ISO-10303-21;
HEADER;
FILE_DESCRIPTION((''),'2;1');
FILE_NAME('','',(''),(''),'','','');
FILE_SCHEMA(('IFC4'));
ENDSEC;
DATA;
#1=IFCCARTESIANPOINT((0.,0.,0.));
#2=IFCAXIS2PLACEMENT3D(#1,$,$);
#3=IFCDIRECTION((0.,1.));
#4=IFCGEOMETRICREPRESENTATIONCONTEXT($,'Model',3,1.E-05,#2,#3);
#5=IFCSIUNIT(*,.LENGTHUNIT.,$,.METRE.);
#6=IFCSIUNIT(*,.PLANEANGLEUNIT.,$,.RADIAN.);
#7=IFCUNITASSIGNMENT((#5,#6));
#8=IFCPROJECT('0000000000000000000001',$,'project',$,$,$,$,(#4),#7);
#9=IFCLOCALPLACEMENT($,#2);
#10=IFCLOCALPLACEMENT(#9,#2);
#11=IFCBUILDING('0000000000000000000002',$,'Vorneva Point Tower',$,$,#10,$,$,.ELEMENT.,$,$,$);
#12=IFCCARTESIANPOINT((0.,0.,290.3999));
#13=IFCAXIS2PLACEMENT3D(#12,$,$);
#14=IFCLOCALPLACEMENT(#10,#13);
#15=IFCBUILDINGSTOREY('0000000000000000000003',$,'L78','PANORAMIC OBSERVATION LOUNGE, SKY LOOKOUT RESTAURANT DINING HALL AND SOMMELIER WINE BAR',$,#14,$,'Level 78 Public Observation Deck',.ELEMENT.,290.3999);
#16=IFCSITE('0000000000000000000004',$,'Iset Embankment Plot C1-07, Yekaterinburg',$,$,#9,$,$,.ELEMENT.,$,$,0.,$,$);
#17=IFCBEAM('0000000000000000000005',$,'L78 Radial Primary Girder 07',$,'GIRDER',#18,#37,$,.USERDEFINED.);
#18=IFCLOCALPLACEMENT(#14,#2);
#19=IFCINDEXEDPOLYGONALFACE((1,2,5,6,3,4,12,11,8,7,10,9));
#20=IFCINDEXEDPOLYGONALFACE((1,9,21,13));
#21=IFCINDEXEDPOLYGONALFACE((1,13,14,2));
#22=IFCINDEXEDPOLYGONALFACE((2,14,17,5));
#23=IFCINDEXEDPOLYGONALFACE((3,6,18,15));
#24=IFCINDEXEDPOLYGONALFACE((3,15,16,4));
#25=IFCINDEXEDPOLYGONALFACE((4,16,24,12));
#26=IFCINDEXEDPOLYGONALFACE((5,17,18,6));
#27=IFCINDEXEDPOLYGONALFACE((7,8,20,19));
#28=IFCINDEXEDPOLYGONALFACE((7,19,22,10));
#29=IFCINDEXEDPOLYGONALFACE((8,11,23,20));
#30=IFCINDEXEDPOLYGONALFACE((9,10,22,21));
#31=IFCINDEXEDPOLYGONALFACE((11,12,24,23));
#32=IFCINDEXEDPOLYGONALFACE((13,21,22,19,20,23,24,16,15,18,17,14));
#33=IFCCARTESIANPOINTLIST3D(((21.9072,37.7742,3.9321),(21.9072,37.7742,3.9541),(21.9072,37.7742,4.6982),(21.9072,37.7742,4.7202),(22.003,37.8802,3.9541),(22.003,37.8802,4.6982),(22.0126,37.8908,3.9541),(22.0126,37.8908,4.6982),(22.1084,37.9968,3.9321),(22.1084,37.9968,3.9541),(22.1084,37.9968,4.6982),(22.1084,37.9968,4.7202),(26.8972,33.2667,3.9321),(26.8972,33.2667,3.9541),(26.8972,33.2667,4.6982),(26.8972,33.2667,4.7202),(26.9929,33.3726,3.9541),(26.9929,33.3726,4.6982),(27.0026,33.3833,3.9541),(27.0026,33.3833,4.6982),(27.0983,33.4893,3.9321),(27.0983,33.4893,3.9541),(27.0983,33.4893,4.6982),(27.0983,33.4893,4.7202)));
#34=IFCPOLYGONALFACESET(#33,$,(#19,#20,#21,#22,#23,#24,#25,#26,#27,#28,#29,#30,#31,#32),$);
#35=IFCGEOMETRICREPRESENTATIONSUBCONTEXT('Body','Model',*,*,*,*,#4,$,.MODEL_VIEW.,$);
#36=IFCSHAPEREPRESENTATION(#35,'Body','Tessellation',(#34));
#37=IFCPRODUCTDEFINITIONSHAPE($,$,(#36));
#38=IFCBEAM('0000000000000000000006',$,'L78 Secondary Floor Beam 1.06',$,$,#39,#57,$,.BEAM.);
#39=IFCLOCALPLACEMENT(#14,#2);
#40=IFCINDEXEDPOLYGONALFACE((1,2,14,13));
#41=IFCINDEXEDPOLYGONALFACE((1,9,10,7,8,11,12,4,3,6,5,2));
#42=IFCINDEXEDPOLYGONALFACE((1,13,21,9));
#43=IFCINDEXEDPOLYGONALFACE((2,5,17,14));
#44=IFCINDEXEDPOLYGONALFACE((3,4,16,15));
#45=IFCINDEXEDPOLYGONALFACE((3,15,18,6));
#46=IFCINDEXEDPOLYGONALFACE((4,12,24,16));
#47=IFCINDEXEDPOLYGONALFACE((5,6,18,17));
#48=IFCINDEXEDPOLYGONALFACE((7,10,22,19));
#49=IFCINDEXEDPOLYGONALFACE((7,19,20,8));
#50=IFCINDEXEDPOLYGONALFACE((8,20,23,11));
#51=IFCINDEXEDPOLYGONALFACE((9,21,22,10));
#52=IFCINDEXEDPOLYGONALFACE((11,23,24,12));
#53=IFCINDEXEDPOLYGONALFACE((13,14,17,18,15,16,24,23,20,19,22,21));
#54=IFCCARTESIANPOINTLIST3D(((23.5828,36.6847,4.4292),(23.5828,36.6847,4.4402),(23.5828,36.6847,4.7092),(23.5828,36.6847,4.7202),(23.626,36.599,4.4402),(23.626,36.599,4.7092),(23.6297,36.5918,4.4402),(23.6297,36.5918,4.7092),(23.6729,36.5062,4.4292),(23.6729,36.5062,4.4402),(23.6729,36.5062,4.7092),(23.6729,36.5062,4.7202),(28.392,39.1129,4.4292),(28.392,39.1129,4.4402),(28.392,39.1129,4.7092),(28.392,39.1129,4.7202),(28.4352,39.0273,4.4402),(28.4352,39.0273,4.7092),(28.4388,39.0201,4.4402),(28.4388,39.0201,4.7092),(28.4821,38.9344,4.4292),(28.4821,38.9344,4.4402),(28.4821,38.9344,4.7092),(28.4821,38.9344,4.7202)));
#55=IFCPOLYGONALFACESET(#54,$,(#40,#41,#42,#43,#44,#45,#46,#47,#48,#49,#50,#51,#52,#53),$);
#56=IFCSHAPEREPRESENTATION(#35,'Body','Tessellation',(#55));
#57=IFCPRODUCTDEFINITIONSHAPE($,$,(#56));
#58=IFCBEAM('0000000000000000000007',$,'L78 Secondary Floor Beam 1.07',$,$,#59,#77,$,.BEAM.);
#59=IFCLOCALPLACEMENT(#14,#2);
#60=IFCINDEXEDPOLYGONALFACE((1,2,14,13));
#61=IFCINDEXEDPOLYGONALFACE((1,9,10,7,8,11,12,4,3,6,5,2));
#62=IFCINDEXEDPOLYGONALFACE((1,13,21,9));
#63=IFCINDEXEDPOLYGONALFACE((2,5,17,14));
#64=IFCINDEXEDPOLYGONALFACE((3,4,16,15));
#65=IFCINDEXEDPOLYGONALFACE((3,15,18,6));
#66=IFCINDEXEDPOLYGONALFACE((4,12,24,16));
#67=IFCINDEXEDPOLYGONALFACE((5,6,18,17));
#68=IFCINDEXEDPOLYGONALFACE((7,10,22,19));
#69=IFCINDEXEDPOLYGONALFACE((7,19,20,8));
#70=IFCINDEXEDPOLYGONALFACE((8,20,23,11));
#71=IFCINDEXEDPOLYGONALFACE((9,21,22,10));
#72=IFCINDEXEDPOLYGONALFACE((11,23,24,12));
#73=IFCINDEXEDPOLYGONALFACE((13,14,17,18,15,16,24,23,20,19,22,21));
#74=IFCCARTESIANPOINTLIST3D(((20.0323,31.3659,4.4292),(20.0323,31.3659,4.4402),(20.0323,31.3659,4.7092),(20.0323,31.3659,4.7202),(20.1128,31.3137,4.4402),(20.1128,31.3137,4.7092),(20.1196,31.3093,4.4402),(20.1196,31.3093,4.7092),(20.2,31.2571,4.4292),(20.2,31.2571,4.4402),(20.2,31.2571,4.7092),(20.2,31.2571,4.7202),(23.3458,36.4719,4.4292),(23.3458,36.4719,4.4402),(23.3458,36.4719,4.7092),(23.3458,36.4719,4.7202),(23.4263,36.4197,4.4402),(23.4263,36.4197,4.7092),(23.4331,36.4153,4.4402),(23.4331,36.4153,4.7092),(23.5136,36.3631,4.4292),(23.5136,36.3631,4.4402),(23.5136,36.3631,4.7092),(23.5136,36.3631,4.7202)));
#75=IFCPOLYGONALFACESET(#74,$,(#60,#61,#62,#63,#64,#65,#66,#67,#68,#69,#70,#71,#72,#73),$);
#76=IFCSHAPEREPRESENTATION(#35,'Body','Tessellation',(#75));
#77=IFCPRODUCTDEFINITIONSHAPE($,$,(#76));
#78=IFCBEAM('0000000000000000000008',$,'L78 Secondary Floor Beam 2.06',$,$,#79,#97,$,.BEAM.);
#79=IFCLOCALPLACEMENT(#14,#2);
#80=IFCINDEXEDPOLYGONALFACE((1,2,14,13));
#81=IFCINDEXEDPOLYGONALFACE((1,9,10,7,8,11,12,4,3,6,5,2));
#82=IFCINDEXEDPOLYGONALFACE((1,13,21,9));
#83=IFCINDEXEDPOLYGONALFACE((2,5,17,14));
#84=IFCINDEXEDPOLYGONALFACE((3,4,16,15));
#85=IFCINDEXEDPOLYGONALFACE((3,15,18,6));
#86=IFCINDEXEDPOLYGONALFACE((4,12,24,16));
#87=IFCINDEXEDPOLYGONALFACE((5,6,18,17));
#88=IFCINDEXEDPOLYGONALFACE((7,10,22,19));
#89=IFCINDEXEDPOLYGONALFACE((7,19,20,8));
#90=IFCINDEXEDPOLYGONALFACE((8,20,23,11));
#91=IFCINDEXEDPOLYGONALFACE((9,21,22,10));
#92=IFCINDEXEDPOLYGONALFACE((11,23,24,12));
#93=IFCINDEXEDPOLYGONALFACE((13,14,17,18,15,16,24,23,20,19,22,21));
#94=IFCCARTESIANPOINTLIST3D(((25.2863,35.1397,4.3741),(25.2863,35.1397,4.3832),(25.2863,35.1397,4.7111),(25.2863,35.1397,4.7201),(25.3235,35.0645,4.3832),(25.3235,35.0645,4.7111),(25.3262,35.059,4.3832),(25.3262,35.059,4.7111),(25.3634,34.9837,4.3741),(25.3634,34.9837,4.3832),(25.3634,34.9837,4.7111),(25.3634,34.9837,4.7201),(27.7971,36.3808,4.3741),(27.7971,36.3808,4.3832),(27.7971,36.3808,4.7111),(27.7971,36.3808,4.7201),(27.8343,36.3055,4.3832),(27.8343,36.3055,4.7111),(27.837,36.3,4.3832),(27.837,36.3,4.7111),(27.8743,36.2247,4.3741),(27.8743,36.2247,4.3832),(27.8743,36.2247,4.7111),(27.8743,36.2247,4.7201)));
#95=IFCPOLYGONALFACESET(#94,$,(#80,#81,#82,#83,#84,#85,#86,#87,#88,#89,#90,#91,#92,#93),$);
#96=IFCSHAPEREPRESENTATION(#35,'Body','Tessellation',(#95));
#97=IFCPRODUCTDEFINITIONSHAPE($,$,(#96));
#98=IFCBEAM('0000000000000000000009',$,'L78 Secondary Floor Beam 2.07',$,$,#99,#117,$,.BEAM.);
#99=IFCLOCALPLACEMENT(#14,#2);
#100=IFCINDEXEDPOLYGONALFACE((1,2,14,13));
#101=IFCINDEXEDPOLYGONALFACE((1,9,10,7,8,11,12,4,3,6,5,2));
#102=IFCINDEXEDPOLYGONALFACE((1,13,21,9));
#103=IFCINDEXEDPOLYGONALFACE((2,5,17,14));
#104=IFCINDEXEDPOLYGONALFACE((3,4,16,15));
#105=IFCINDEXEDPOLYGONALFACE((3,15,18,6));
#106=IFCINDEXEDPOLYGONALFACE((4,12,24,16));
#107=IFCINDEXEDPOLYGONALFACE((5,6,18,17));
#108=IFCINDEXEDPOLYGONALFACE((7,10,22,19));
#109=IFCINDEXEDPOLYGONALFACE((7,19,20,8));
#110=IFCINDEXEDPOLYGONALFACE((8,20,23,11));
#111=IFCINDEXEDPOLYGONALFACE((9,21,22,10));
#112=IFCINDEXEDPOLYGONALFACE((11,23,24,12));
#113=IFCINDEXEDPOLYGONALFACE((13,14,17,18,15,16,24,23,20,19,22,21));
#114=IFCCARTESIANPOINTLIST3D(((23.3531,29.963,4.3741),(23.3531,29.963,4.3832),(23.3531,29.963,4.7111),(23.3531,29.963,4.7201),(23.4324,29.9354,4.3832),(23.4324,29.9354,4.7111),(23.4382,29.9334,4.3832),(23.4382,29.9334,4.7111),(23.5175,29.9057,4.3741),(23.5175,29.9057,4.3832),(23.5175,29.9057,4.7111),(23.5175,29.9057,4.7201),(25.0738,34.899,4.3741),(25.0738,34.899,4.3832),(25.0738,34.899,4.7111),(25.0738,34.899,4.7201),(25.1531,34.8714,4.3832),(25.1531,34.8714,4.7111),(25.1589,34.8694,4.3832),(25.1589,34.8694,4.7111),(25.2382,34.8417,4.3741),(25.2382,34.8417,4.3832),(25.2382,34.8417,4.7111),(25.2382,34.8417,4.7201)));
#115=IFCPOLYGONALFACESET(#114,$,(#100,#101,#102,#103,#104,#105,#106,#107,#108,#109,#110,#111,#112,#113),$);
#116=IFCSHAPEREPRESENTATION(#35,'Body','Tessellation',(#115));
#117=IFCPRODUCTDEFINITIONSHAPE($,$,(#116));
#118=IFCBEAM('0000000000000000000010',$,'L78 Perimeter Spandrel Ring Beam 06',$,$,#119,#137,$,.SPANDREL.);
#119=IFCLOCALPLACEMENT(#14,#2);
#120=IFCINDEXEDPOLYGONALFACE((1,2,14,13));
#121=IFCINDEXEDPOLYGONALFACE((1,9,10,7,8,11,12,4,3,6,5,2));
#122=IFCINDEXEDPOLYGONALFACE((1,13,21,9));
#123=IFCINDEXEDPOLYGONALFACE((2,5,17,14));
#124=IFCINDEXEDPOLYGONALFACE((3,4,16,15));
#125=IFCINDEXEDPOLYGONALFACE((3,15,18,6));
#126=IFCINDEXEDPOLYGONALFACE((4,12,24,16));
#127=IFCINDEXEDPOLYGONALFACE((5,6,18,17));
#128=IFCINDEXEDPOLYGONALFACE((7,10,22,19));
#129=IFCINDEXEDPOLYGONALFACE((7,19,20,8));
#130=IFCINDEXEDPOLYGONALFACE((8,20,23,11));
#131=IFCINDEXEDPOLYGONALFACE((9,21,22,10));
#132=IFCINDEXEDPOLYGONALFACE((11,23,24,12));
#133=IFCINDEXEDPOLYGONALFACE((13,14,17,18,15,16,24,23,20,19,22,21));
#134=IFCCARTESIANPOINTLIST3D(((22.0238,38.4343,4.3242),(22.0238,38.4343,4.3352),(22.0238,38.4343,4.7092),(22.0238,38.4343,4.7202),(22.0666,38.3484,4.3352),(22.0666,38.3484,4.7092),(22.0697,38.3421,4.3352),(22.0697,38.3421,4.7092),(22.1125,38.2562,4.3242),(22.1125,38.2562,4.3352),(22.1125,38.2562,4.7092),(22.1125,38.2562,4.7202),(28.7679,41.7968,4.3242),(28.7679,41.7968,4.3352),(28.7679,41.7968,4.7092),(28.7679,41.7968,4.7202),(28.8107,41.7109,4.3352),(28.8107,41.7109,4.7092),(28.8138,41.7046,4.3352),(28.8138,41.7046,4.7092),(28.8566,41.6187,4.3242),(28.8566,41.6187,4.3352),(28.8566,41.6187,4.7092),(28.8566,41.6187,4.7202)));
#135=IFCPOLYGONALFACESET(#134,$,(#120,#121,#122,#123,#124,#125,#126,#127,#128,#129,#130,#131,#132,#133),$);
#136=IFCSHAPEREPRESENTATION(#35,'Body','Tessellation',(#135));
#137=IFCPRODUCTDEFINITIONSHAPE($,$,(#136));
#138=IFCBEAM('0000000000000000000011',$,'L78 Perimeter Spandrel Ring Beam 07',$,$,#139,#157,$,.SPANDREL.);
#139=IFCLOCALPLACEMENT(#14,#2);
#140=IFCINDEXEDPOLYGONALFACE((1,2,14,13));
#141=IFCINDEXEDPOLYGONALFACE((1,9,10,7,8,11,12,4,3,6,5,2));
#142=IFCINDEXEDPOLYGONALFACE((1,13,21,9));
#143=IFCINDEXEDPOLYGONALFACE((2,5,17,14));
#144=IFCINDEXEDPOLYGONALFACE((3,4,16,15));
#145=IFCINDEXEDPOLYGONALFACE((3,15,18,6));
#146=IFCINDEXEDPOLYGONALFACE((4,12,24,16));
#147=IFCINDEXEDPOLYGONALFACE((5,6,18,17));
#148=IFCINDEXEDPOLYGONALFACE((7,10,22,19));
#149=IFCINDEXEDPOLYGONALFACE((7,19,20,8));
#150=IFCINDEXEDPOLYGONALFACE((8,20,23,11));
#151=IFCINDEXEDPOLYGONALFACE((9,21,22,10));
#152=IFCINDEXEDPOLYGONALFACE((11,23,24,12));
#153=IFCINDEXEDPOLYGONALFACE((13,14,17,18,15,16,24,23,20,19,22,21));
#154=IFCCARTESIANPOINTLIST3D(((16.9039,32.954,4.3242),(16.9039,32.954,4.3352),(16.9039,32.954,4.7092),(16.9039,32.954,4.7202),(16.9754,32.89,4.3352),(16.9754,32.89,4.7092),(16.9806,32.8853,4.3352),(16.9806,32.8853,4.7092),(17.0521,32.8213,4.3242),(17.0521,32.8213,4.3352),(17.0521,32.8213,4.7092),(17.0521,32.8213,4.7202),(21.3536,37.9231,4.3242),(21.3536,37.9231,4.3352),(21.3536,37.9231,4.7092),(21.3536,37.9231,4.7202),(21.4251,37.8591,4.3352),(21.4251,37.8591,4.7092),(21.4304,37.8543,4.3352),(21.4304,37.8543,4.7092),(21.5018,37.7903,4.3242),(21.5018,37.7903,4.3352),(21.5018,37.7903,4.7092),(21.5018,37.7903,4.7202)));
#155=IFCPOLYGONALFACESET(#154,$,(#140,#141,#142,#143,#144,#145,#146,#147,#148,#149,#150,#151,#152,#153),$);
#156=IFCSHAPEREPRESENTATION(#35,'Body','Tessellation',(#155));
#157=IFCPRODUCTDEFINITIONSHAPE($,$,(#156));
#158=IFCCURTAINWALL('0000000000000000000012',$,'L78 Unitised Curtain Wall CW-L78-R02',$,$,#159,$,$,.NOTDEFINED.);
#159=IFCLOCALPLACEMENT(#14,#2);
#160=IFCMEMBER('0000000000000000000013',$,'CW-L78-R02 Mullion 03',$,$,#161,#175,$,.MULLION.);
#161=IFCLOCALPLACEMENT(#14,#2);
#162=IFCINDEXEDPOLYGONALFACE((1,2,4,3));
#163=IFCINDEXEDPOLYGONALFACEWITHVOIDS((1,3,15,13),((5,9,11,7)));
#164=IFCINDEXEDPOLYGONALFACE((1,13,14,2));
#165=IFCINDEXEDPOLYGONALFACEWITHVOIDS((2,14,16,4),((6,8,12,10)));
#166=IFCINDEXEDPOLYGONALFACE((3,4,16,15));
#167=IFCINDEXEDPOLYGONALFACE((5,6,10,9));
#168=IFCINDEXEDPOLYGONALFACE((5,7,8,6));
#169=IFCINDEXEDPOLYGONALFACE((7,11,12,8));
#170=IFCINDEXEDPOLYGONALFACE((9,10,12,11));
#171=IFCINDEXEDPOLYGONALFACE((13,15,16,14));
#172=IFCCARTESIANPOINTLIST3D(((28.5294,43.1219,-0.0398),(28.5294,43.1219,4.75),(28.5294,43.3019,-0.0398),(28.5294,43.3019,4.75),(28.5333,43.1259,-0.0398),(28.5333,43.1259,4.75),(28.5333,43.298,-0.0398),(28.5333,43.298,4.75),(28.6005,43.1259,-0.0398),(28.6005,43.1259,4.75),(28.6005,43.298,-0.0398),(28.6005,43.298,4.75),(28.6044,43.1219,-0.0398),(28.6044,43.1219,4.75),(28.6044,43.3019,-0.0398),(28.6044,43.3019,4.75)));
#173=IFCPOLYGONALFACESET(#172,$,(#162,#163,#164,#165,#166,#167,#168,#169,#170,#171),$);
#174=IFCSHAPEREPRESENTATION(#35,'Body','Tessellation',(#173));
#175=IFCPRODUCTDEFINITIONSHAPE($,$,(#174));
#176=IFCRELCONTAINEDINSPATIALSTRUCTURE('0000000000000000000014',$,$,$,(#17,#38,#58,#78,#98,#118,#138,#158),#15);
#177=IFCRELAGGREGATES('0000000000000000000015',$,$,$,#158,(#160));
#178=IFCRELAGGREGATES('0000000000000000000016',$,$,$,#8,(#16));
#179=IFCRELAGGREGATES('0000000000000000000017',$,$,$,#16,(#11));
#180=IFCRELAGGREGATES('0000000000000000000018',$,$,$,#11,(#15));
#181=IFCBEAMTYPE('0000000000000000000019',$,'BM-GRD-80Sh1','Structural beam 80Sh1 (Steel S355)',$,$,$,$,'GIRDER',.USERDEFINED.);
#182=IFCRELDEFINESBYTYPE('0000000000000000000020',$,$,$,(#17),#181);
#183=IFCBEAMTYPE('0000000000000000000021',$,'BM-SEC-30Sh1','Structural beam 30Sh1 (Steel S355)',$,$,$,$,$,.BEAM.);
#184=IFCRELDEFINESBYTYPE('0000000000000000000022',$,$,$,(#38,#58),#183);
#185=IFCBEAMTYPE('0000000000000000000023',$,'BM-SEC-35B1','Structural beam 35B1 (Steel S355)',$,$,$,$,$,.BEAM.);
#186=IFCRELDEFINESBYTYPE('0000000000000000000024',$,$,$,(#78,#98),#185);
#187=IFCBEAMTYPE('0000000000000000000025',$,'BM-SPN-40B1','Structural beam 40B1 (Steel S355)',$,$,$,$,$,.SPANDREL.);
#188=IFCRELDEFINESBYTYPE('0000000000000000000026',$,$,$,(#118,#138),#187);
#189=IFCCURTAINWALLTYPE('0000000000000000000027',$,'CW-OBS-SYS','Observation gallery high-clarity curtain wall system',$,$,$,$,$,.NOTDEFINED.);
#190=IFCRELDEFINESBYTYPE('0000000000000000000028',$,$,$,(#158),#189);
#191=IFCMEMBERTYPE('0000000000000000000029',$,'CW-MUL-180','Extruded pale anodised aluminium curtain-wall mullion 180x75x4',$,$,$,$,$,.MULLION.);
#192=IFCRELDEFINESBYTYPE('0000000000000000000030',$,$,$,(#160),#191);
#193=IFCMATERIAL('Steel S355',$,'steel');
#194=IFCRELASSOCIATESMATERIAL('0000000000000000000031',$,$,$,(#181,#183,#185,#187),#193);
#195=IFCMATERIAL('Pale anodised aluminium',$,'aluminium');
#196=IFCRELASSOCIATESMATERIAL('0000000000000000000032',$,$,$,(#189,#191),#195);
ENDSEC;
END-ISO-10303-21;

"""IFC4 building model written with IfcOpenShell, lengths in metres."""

from ifc_helpers import new_model, si_unit, direction, frame, origin, origin_2d, place, context, subcontext, project, spatial, hollow_rectangle, i_section, extrude, material, material_profile, profile_set, type_object, element, aggregate, save


model = new_model("IFC4")

# Units and contexts
model_context = context("Model", 3, precision=1e-05, world=origin(), true_north=direction((0.0, 1.0)))
body_context = subcontext(model_context, "Body", "Model", "MODEL_VIEW")
ifc_project = project(units=[si_unit("LENGTHUNIT", "METRE"), si_unit("PLANEANGLEUNIT", "RADIAN")], contexts=[model_context])

# Site, building, storey
site_placement = place(None, origin())
site = spatial("IfcSite", under=ifc_project, at=site_placement, Name="Iset Embankment Plot C1-07, Yekaterinburg", CompositionType="ELEMENT", RefElevation=0.0)
building_placement = place(site_placement, origin())
building = spatial("IfcBuilding", under=site, at=building_placement, Name="Vorneva Point Tower", CompositionType="ELEMENT")
storey_placement = place(building_placement, frame((0.0, 0.0, 290.3999)))
storey = spatial("IfcBuildingStorey", under=building, at=storey_placement, Name="L78", Description="PANORAMIC OBSERVATION LOUNGE, SKY LOOKOUT RESTAURANT DINING HALL AND SOMMELIER WINE BAR", LongName="Level 78 Public Observation Deck", CompositionType="ELEMENT", Elevation=290.3999)

# Beams
ifc_material_1 = material(Name="Steel S355", Category="steel")
ifc_material_profile_1 = material_profile(ifc_material_1, i_section(OverallWidth=0.3, OverallDepth=0.7881, WebThickness=0.0144, FlangeThickness=0.022, at=origin_2d()), Name="80Sh1")
ifc_profile_set_1 = profile_set([ifc_material_profile_1], Name="Steel S355")
beam_type_1 = type_object("IfcBeamType", Name="BM-GRD-80Sh1", Description="Structural beam 80Sh1 (Steel S355)", ElementType="GIRDER", PredefinedType="USERDEFINED", material=ifc_profile_set_1)
beam_1_placement = place(storey_placement, frame((22.0078, 37.8855, 4.3262), z_axis=(0.742067, -0.670326, 0.0), x_axis=(0.670326, 0.742067, 0.0)))
element("IfcBeam", 1, at=beam_1_placement, inside=storey, type_object=beam_type_1, Name="L78 Radial Primary Girder 07", ObjectType="GIRDER", PredefinedType="USERDEFINED", context=body_context, shape_type="SweptSolid", body=[
    extrude(i_section(OverallWidth=0.3, OverallDepth=0.7881, WebThickness=0.0144, FlangeThickness=0.022, at=origin_2d()), origin(), (0.0, 0.0, 1.0), 6.7244),
])
ifc_material_profile_2 = material_profile(ifc_material_1, i_section(OverallWidth=0.2, OverallDepth=0.291, WebThickness=0.0081, FlangeThickness=0.011, at=origin_2d()), Name="30Sh1")
ifc_profile_set_2 = profile_set([ifc_material_profile_2], Name="Steel S355")
beam_type_2 = type_object("IfcBeamType", Name="BM-SEC-30Sh1", Description="Structural beam 30Sh1 (Steel S355)", PredefinedType="BEAM", material=ifc_profile_set_2)
beam_2_placement = place(storey_placement, frame((28.437, 39.0237, 4.5747), z_axis=(-0.892662, -0.450727, 0.0), x_axis=(0.450727, -0.892662, 0.0)))
element("IfcBeam", 2, at=beam_2_placement, inside=storey, type_object=beam_type_2, Name="L78 Secondary Floor Beam 1.06", PredefinedType="BEAM", context=body_context, shape_type="SweptSolid", body=[
    extrude(i_section(OverallWidth=0.2, OverallDepth=0.291, WebThickness=0.0081, FlangeThickness=0.011, at=origin_2d()), origin(), (0.0, 0.0, 1.0), 5.3875),
])
beam_3_placement = place(storey_placement, frame((23.4297, 36.4175, 4.5747), z_axis=(-0.544365, -0.838848, 0.0), x_axis=(0.838848, -0.544365, 0.0)))
element("IfcBeam", 3, at=beam_3_placement, inside=storey, type_object=beam_type_2, Name="L78 Secondary Floor Beam 1.07", PredefinedType="BEAM", context=body_context, shape_type="SweptSolid", body=[
    extrude(i_section(OverallWidth=0.2, OverallDepth=0.291, WebThickness=0.0081, FlangeThickness=0.011, at=origin_2d()), origin(), (0.0, 0.0, 1.0), 6.0869),
])
ifc_material_profile_3 = material_profile(ifc_material_1, i_section(OverallWidth=0.1741, OverallDepth=0.3459, WebThickness=0.0061, FlangeThickness=0.009, at=origin_2d()), Name="35B1")
ifc_profile_set_3 = profile_set([ifc_material_profile_3], Name="Steel S355")
beam_type_3 = type_object("IfcBeamType", Name="BM-SEC-35B1", Description="Structural beam 35B1 (Steel S355)", PredefinedType="BEAM", material=ifc_profile_set_3)
beam_4_placement = place(storey_placement, frame((27.8357, 36.3027, 4.5471), z_axis=(-0.896475, -0.443094, 0.0), x_axis=(0.443094, -0.896475, 0.0)))
element("IfcBeam", 4, at=beam_4_placement, inside=storey, type_object=beam_type_3, Name="L78 Secondary Floor Beam 2.06", PredefinedType="BEAM", context=body_context, shape_type="SweptSolid", body=[
    extrude(i_section(OverallWidth=0.1741, OverallDepth=0.3459, WebThickness=0.0061, FlangeThickness=0.009, at=origin_2d()), origin(), (0.0, 0.0, 1.0), 2.8008),
])
beam_5_placement = place(storey_placement, frame((25.156, 34.8704, 4.5471), z_axis=(-0.329173, -0.94427, 0.0), x_axis=(0.94427, -0.329173, 0.0)))
element("IfcBeam", 5, at=beam_5_placement, inside=storey, type_object=beam_type_3, Name="L78 Secondary Floor Beam 2.07", PredefinedType="BEAM", context=body_context, shape_type="SweptSolid", body=[
    extrude(i_section(OverallWidth=0.1741, OverallDepth=0.3459, WebThickness=0.0061, FlangeThickness=0.009, at=origin_2d()), origin(), (0.0, 0.0, 1.0), 5.2273),
])
ifc_material_profile_4 = material_profile(ifc_material_1, i_section(OverallWidth=0.199, OverallDepth=0.396, WebThickness=0.0071, FlangeThickness=0.011, at=origin_2d()), Name="40B1")
ifc_profile_set_4 = profile_set([ifc_material_profile_4], Name="Steel S355")
beam_type_4 = type_object("IfcBeamType", Name="BM-SPN-40B1", Description="Structural beam 40B1 (Steel S355)", PredefinedType="SPANDREL", material=ifc_profile_set_4)
beam_6_placement = place(storey_placement, frame((28.8123, 41.7078, 4.5222), z_axis=(-0.894932, -0.446203, 0.0), x_axis=(0.446203, -0.894932, 0.0)))
element("IfcBeam", 6, at=beam_6_placement, inside=storey, type_object=beam_type_4, Name="L78 Perimeter Spandrel Ring Beam 06", PredefinedType="SPANDREL", context=body_context, shape_type="SweptSolid", body=[
    extrude(i_section(OverallWidth=0.199, OverallDepth=0.396, WebThickness=0.0071, FlangeThickness=0.011, at=origin_2d()), origin(), (0.0, 0.0, 1.0), 7.5359),
])
beam_7_placement = place(storey_placement, frame((21.4277, 37.8567, 4.5222), z_axis=(-0.667108, -0.744961, 0.0), x_axis=(0.744961, -0.667108, 0.0)))
element("IfcBeam", 7, at=beam_7_placement, inside=storey, type_object=beam_type_4, Name="L78 Perimeter Spandrel Ring Beam 07", PredefinedType="SPANDREL", context=body_context, shape_type="SweptSolid", body=[
    extrude(i_section(OverallWidth=0.199, OverallDepth=0.396, WebThickness=0.0071, FlangeThickness=0.011, at=origin_2d()), origin(), (0.0, 0.0, 1.0), 6.6702),
])

# Curtain wall, member
ifc_material_2 = material(Name="Pale anodised aluminium", Category="aluminium")
curtain_wall_type = type_object("IfcCurtainWallType", Name="CW-OBS-SYS", Description="Observation gallery high-clarity curtain wall system", PredefinedType="NOTDEFINED", material=ifc_material_2)
curtain_wall_placement = place(storey_placement, origin())
curtain_wall = element("IfcCurtainWall", 8, at=curtain_wall_placement, inside=storey, type_object=curtain_wall_type, Name="L78 Unitised Curtain Wall CW-L78-R02", PredefinedType="NOTDEFINED")
ifc_material_profile_5 = material_profile(ifc_material_2, hollow_rectangle(XDim=0.075, YDim=0.1799, WallThickness=0.0039, at=origin_2d()), Name="AL-MUL 180x75x4")
ifc_profile_set_5 = profile_set([ifc_material_profile_5], Name="Pale anodised aluminium")
member_type_1 = type_object("IfcMemberType", Name="CW-MUL-180", Description="Extruded pale anodised aluminium curtain-wall mullion 180x75x4", PredefinedType="MULLION", material=ifc_profile_set_5)
member_1_placement = place(storey_placement, frame((28.5669, 43.2119, -0.0398), z_axis=(0.0, 0.0, 1.0), x_axis=(1.0, 0.0, 0.0)))
member_1 = element("IfcMember", 9, at=member_1_placement, type_object=member_type_1, Name="CW-L78-R02 Mullion 03", PredefinedType="MULLION", context=body_context, shape_type="SweptSolid", body=[
    extrude(hollow_rectangle(XDim=0.075, YDim=0.1799, WallThickness=0.0039, at=origin_2d()), origin(), (0.0, 0.0, 1.0), 4.7898),
])
aggregate(curtain_wall, [member_1])

save(model, "model.ifc")
